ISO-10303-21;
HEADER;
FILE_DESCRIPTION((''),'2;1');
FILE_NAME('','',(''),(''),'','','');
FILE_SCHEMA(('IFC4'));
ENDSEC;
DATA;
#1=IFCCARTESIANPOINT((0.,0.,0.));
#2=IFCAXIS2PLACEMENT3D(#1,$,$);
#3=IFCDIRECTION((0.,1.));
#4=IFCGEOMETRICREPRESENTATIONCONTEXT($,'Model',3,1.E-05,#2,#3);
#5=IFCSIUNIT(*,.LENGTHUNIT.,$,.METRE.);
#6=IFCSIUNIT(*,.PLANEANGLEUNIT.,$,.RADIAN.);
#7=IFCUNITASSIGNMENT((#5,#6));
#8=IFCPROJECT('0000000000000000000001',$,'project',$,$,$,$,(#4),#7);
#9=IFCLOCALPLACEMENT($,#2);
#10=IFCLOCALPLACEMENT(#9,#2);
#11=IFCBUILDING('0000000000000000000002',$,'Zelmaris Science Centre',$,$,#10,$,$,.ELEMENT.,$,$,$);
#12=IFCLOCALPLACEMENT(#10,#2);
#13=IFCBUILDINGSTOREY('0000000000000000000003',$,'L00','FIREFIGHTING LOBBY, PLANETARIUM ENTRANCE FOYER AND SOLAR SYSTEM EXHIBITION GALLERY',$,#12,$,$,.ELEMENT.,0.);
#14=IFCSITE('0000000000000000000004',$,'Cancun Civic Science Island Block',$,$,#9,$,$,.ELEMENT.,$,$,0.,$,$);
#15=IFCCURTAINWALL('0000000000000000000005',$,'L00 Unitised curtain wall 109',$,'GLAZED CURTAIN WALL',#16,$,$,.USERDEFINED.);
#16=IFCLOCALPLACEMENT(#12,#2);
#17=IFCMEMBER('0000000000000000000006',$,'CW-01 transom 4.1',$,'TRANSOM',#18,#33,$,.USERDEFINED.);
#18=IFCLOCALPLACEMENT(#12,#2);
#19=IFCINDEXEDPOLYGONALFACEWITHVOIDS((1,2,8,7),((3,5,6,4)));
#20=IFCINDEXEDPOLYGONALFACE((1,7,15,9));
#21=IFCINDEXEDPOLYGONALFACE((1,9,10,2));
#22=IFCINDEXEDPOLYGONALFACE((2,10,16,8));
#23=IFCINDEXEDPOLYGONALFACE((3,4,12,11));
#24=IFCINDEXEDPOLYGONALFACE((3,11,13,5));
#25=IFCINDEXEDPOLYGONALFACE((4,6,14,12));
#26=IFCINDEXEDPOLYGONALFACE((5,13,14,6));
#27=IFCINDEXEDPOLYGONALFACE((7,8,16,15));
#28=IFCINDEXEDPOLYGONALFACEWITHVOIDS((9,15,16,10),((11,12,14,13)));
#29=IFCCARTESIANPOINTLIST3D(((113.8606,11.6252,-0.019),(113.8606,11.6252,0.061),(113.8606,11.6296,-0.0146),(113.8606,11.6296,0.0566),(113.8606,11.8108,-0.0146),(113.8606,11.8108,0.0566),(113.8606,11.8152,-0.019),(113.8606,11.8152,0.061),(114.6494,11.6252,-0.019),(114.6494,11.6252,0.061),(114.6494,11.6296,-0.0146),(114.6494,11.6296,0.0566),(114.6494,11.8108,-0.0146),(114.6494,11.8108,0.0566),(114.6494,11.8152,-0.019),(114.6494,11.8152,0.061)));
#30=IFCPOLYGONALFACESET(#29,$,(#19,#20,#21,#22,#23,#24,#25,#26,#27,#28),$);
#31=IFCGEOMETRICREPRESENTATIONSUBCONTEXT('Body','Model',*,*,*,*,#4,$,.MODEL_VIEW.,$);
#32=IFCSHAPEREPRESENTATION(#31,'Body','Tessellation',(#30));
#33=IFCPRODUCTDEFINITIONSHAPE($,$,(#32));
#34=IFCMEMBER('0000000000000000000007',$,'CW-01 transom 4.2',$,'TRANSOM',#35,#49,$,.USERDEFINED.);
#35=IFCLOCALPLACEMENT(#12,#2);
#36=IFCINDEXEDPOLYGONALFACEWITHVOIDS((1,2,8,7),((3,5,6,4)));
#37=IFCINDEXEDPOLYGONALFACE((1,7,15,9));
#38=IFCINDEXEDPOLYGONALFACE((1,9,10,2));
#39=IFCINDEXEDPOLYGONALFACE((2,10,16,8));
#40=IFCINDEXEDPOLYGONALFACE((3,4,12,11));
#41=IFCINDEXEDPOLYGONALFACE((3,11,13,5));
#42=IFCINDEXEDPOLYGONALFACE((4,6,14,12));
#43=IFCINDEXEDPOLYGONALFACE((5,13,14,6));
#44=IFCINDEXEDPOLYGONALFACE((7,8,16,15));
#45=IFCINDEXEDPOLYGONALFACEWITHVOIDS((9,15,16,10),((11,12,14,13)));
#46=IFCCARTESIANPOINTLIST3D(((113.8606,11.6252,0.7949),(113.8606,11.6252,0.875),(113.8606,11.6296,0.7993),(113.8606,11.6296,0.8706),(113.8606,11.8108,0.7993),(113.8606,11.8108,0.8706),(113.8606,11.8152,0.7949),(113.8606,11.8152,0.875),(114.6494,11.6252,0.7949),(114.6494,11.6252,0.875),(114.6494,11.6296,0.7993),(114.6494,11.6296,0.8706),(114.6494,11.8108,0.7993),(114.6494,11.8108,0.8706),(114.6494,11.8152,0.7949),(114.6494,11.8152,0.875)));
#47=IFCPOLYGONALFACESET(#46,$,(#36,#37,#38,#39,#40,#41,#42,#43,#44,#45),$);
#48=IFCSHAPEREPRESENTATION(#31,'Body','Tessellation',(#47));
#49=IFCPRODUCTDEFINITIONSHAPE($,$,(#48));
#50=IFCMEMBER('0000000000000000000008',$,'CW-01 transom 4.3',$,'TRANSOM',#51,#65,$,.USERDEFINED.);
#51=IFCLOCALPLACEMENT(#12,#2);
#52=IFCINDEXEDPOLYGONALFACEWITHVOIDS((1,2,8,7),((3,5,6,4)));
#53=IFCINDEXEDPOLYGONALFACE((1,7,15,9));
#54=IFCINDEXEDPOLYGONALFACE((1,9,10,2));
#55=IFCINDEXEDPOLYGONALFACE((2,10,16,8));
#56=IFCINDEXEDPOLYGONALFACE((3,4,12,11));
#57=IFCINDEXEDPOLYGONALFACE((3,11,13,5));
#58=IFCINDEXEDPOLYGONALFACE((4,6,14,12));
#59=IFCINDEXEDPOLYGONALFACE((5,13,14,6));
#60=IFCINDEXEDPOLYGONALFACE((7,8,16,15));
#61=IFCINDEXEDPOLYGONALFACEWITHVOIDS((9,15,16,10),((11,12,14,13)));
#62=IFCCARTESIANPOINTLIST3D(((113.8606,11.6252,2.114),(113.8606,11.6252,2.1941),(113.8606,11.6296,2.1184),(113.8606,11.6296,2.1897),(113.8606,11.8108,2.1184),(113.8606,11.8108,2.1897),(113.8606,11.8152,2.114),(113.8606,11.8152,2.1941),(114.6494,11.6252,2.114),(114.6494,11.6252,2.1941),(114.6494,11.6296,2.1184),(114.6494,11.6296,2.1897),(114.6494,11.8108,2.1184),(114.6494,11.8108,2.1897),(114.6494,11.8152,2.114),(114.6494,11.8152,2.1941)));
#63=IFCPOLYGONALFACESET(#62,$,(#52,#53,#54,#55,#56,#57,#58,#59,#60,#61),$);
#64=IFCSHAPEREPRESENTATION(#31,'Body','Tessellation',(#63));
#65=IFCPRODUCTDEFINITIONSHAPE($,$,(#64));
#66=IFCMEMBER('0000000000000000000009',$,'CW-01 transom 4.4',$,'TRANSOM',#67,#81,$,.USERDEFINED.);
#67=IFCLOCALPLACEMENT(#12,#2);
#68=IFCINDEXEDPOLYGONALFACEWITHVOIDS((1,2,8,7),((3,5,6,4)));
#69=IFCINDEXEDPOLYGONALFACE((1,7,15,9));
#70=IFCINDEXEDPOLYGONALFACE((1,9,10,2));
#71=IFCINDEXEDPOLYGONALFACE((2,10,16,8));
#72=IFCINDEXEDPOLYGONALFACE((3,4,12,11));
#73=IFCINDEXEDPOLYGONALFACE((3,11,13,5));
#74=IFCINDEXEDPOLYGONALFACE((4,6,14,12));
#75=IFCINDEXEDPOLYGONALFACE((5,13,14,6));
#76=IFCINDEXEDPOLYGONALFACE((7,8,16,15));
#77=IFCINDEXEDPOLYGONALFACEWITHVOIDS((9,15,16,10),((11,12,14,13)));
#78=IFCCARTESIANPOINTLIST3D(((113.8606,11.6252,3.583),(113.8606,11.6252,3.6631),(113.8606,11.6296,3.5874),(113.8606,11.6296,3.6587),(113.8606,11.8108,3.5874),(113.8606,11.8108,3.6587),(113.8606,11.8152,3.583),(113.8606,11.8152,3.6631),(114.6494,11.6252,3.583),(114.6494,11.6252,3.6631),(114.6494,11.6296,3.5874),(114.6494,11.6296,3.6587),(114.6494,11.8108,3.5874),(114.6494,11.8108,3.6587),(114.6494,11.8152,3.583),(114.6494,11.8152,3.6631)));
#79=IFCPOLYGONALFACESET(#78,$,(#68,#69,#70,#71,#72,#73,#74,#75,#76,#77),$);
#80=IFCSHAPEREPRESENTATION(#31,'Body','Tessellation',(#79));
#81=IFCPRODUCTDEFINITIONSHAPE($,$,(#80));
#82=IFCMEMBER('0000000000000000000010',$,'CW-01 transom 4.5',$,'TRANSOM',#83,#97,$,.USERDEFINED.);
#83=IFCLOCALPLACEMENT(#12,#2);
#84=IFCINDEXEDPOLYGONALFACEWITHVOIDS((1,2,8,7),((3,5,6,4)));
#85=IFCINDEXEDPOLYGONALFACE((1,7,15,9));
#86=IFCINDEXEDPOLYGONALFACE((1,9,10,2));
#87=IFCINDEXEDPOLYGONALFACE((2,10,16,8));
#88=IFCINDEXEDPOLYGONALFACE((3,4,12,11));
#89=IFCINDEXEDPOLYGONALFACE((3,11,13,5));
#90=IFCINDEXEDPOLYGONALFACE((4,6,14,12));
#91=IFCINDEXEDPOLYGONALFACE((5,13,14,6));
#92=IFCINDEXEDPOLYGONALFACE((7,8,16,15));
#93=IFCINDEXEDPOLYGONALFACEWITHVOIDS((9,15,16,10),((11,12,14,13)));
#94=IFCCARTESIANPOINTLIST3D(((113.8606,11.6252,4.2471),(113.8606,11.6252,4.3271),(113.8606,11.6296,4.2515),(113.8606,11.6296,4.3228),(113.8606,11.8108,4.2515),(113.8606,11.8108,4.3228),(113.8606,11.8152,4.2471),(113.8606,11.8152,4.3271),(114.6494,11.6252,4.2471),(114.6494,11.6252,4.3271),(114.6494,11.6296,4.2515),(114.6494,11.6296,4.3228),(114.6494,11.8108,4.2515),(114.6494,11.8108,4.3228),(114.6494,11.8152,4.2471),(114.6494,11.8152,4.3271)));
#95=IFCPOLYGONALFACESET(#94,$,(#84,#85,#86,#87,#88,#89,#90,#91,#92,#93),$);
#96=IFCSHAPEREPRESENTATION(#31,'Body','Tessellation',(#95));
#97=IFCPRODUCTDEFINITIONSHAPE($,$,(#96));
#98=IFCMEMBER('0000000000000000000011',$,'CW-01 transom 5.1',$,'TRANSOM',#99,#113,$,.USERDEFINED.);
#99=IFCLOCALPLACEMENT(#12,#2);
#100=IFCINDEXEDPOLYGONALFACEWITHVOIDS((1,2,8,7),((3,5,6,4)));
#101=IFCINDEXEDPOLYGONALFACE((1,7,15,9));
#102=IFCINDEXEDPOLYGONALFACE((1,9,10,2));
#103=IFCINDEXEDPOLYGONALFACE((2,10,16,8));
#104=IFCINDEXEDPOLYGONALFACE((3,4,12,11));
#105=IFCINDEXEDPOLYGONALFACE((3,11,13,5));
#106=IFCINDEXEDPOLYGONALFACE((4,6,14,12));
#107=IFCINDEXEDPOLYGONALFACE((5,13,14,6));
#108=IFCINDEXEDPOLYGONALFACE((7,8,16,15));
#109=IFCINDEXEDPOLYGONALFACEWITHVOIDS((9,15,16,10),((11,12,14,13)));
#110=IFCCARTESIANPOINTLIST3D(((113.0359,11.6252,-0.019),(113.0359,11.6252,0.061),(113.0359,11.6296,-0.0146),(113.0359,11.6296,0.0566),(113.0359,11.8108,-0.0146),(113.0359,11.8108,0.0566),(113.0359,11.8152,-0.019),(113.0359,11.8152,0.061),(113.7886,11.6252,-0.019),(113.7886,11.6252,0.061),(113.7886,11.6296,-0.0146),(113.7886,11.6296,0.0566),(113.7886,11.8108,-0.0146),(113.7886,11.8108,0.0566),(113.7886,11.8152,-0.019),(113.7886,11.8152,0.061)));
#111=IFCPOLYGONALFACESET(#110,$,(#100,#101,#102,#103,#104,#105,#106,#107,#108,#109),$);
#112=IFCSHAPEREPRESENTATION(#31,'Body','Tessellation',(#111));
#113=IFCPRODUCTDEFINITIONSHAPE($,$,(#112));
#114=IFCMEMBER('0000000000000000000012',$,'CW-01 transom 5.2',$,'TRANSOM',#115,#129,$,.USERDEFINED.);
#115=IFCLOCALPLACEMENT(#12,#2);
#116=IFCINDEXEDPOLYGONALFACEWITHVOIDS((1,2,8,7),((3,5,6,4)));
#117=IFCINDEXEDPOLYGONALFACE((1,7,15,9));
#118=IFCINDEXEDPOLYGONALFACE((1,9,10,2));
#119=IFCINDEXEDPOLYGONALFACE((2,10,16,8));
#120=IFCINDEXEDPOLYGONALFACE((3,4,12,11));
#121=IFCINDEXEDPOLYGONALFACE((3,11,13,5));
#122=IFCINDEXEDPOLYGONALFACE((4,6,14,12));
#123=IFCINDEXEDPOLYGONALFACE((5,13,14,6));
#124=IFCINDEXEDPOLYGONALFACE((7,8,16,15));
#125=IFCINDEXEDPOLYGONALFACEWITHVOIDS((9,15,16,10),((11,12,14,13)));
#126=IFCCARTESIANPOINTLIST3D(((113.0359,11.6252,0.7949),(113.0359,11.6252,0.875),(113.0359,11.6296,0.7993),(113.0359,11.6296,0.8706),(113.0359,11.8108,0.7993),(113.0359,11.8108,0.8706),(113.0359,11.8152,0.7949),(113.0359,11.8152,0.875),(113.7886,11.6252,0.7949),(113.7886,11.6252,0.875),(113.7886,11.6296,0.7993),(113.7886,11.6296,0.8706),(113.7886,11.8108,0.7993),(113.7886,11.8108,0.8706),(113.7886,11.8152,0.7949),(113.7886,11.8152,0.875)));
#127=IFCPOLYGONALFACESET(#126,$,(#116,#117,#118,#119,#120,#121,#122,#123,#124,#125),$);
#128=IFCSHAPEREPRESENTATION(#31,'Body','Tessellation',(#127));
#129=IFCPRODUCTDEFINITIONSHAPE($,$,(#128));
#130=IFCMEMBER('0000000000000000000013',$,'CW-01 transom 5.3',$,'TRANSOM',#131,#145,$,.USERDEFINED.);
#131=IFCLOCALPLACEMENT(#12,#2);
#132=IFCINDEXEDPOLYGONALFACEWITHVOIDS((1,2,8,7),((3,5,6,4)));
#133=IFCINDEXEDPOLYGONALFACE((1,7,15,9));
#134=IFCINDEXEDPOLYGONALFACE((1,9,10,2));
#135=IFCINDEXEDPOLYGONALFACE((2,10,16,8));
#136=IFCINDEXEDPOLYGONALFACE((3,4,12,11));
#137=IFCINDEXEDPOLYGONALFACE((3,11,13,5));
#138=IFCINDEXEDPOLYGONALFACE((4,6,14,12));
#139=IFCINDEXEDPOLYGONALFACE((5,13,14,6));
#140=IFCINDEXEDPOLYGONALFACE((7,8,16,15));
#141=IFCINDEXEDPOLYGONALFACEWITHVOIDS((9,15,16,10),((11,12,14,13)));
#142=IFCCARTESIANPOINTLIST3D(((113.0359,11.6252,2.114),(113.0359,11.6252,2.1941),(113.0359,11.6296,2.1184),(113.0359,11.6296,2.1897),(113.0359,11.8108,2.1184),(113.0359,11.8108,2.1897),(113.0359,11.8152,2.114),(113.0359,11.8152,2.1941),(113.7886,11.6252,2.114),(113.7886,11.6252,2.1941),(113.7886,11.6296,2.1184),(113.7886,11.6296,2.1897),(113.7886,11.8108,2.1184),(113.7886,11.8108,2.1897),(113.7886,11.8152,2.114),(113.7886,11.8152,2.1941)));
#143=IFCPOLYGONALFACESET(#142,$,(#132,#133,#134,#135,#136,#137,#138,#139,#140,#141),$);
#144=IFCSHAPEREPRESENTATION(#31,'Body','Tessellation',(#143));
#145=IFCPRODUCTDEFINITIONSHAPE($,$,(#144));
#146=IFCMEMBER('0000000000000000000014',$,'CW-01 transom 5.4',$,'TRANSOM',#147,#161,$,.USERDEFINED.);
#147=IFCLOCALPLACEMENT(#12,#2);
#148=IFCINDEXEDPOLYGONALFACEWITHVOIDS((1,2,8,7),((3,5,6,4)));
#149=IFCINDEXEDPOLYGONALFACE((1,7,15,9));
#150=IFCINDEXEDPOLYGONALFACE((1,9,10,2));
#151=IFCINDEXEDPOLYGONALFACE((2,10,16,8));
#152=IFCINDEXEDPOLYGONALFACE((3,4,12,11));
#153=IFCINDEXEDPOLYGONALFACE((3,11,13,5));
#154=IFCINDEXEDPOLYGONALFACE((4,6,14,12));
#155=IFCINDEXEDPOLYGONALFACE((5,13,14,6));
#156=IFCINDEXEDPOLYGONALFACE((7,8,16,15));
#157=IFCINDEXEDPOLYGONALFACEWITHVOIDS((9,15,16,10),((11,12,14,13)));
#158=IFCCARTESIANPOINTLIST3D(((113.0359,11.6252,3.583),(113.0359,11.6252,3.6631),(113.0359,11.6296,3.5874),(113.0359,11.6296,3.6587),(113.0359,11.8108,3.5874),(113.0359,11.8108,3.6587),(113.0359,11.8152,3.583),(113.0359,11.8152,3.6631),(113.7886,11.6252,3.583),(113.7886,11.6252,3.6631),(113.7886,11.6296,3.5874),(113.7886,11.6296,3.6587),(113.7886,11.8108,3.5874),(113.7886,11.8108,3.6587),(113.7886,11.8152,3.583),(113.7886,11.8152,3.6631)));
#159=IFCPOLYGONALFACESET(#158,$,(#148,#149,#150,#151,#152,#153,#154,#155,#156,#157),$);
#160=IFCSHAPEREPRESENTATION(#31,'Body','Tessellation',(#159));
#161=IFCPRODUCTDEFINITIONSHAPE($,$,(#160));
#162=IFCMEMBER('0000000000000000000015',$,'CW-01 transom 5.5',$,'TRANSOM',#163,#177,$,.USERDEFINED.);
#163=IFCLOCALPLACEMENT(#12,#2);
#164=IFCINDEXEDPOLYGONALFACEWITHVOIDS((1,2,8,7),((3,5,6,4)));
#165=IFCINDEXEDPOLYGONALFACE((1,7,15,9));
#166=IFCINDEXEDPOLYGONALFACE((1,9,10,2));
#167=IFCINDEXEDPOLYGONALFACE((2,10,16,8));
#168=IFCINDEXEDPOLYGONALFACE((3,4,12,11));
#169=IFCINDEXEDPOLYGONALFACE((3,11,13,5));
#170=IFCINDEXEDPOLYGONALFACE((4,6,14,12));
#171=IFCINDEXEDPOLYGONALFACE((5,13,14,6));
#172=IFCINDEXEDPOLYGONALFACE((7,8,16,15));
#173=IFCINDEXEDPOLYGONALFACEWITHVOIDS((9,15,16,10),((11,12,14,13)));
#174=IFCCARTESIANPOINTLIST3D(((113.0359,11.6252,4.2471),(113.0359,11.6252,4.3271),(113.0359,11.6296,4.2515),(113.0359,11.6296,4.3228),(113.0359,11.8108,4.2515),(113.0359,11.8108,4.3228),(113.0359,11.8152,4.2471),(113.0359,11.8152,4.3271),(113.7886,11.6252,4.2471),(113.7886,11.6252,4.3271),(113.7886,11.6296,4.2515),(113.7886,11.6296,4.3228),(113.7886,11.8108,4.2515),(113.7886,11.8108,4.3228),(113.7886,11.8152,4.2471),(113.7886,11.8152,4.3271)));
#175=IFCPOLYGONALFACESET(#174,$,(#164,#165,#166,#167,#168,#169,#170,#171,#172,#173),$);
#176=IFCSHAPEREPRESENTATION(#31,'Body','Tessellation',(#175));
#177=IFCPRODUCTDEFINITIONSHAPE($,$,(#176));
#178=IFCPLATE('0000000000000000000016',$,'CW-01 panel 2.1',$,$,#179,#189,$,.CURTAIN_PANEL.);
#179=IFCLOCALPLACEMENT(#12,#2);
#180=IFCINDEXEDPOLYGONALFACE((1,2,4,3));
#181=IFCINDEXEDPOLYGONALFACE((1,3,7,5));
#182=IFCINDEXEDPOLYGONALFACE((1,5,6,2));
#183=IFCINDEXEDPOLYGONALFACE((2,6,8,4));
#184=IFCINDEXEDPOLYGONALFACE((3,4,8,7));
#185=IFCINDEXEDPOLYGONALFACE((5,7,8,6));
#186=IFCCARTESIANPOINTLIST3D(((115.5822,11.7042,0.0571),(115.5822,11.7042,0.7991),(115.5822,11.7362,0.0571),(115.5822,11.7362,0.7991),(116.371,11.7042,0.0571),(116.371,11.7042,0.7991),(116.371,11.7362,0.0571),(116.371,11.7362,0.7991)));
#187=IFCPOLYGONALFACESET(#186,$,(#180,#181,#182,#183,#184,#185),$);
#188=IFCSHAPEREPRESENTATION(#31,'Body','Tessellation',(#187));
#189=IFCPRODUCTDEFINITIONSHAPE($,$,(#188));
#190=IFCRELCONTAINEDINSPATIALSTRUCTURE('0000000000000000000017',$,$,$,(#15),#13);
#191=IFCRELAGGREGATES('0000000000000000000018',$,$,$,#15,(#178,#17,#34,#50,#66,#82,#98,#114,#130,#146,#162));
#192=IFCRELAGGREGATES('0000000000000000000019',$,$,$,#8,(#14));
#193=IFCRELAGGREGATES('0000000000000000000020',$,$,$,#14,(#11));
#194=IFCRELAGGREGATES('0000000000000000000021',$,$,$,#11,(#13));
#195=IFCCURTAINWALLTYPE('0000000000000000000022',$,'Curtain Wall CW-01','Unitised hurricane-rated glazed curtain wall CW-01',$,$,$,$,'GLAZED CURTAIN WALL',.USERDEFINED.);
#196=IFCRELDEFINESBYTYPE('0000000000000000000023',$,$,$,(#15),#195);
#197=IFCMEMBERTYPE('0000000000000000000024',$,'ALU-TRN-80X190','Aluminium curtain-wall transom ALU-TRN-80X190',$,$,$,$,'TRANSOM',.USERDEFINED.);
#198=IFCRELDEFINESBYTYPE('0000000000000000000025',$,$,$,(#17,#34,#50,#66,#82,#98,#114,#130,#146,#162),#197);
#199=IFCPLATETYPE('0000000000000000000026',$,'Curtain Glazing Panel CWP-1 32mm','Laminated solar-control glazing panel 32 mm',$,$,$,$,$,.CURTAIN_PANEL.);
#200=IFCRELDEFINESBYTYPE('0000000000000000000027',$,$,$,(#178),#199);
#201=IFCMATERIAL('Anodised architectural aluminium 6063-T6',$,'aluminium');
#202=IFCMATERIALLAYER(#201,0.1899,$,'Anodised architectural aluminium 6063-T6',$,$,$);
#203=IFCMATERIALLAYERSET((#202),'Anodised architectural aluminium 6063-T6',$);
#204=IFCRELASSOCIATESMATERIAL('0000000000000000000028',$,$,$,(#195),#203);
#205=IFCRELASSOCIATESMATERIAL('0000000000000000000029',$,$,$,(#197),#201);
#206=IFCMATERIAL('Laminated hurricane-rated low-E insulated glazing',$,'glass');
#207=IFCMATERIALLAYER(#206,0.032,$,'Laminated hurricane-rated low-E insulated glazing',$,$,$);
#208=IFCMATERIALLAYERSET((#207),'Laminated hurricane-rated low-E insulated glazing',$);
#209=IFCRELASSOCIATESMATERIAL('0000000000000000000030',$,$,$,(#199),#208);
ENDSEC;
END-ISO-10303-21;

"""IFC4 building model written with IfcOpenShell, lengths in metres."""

from ifc_helpers import new_model, si_unit, direction, frame, origin, origin_2d, place, context, subcontext, project, spatial, rectangle, hollow_rectangle, extrude, material, layer, layer_set, material_profile, profile_set, type_object, element, aggregate, save


model = new_model("IFC4")

# Units and contexts
model_context = context("Model", 3, precision=1e-05, world=origin(), true_north=direction((0.0, 1.0)))
body_context = subcontext(model_context, "Body", "Model", "MODEL_VIEW")
ifc_project = project(units=[si_unit("LENGTHUNIT", "METRE"), si_unit("PLANEANGLEUNIT", "RADIAN")], contexts=[model_context])

# Site, building, storey
site_placement = place(None, origin())
site = spatial("IfcSite", under=ifc_project, at=site_placement, Name="Cancun Civic Science Island Block", CompositionType="ELEMENT", RefElevation=0.0)
building_placement = place(site_placement, origin())
building = spatial("IfcBuilding", under=site, at=building_placement, Name="Zelmaris Science Centre", CompositionType="ELEMENT")
storey_placement = place(building_placement, origin())
storey = spatial("IfcBuildingStorey", under=building, at=storey_placement, Name="L00", Description="FIREFIGHTING LOBBY, PLANETARIUM ENTRANCE FOYER AND SOLAR SYSTEM EXHIBITION GALLERY", CompositionType="ELEMENT", Elevation=0.0)

# Curtain wall, members, plate
ifc_material_1 = material(Name="Anodised architectural aluminium 6063-T6", Category="aluminium")
ifc_layer_1 = layer(ifc_material_1, 0.1899, Name="Anodised architectural aluminium 6063-T6")
ifc_layer_set_1 = layer_set([ifc_layer_1], Name="Anodised architectural aluminium 6063-T6")
curtain_wall_type = type_object("IfcCurtainWallType", Name="Curtain Wall CW-01", Description="Unitised hurricane-rated glazed curtain wall CW-01", ElementType="GLAZED CURTAIN WALL", PredefinedType="USERDEFINED", material=ifc_layer_set_1)
curtain_wall_placement = place(storey_placement, origin())
curtain_wall = element("IfcCurtainWall", 1, at=curtain_wall_placement, inside=storey, type_object=curtain_wall_type, Name="L00 Unitised curtain wall 109", ObjectType="GLAZED CURTAIN WALL", PredefinedType="USERDEFINED")
ifc_material_profile_1 = material_profile(ifc_material_1, hollow_rectangle(XDim=0.0801, YDim=0.1899, WallThickness=0.0044, at=origin_2d()), Name="ALU-TRN-80X190")
ifc_profile_set_1 = profile_set([ifc_material_profile_1], Name="Anodised architectural aluminium 6063-T6")
member_type_1 = type_object("IfcMemberType", Name="ALU-TRN-80X190", Description="Aluminium curtain-wall transom ALU-TRN-80X190", ElementType="TRANSOM", PredefinedType="USERDEFINED", material=ifc_profile_set_1)
member_1_placement = place(storey_placement, frame((114.6494, 11.7202, 0.021), z_axis=(-1.0, 0.0, 0.0), x_axis=(0.0, 0.0, 1.0)))
member_1 = element("IfcMember", 2, at=member_1_placement, type_object=member_type_1, Name="CW-01 transom 4.1", ObjectType="TRANSOM", PredefinedType="USERDEFINED", context=body_context, shape_type="SweptSolid", body=[
    extrude(hollow_rectangle(XDim=0.0801, YDim=0.1899, WallThickness=0.0044, at=origin_2d()), origin(), (0.0, 0.0, 1.0), 0.7888),
])
member_2_placement = place(storey_placement, frame((114.6494, 11.7202, 0.835), z_axis=(-1.0, 0.0, 0.0), x_axis=(0.0, 0.0, 1.0)))
member_2 = element("IfcMember", 3, at=member_2_placement, type_object=member_type_1, Name="CW-01 transom 4.2", ObjectType="TRANSOM", PredefinedType="USERDEFINED", context=body_context, shape_type="SweptSolid", body=[
    extrude(hollow_rectangle(XDim=0.0801, YDim=0.1899, WallThickness=0.0044, at=origin_2d()), origin(), (0.0, 0.0, 1.0), 0.7888),
])
member_3_placement = place(storey_placement, frame((114.6494, 11.7202, 2.1541), z_axis=(-1.0, 0.0, 0.0), x_axis=(0.0, 0.0, 1.0)))
member_3 = element("IfcMember", 4, at=member_3_placement, type_object=member_type_1, Name="CW-01 transom 4.3", ObjectType="TRANSOM", PredefinedType="USERDEFINED", context=body_context, shape_type="SweptSolid", body=[
    extrude(hollow_rectangle(XDim=0.0801, YDim=0.1899, WallThickness=0.0044, at=origin_2d()), origin(), (0.0, 0.0, 1.0), 0.7888),
])
member_4_placement = place(storey_placement, frame((114.6494, 11.7202, 3.623), z_axis=(-1.0, 0.0, 0.0), x_axis=(0.0, 0.0, 1.0)))
member_4 = element("IfcMember", 5, at=member_4_placement, type_object=member_type_1, Name="CW-01 transom 4.4", ObjectType="TRANSOM", PredefinedType="USERDEFINED", context=body_context, shape_type="SweptSolid", body=[
    extrude(hollow_rectangle(XDim=0.0801, YDim=0.1899, WallThickness=0.0044, at=origin_2d()), origin(), (0.0, 0.0, 1.0), 0.7888),
])
member_5_placement = place(storey_placement, frame((114.6494, 11.7202, 4.2871), z_axis=(-1.0, 0.0, 0.0), x_axis=(0.0, 0.0, 1.0)))
member_5 = element("IfcMember", 6, at=member_5_placement, type_object=member_type_1, Name="CW-01 transom 4.5", ObjectType="TRANSOM", PredefinedType="USERDEFINED", context=body_context, shape_type="SweptSolid", body=[
    extrude(hollow_rectangle(XDim=0.0801, YDim=0.1899, WallThickness=0.0044, at=origin_2d()), origin(), (0.0, 0.0, 1.0), 0.7888),
])
member_6_placement = place(storey_placement, frame((113.7886, 11.7202, 0.021), z_axis=(-1.0, 0.0, 0.0), x_axis=(0.0, 0.0, 1.0)))
member_6 = element("IfcMember", 7, at=member_6_placement, type_object=member_type_1, Name="CW-01 transom 5.1", ObjectType="TRANSOM", PredefinedType="USERDEFINED", context=body_context, shape_type="SweptSolid", body=[
    extrude(hollow_rectangle(XDim=0.0801, YDim=0.1899, WallThickness=0.0044, at=origin_2d()), origin(), (0.0, 0.0, 1.0), 0.7527),
])
member_7_placement = place(storey_placement, frame((113.7886, 11.7202, 0.835), z_axis=(-1.0, 0.0, 0.0), x_axis=(0.0, 0.0, 1.0)))
member_7 = element("IfcMember", 8, at=member_7_placement, type_object=member_type_1, Name="CW-01 transom 5.2", ObjectType="TRANSOM", PredefinedType="USERDEFINED", context=body_context, shape_type="SweptSolid", body=[
    extrude(hollow_rectangle(XDim=0.0801, YDim=0.1899, WallThickness=0.0044, at=origin_2d()), origin(), (0.0, 0.0, 1.0), 0.7527),
])
member_8_placement = place(storey_placement, frame((113.7886, 11.7202, 2.1541), z_axis=(-1.0, 0.0, 0.0), x_axis=(0.0, 0.0, 1.0)))
member_8 = element("IfcMember", 9, at=member_8_placement, type_object=member_type_1, Name="CW-01 transom 5.3", ObjectType="TRANSOM", PredefinedType="USERDEFINED", context=body_context, shape_type="SweptSolid", body=[
    extrude(hollow_rectangle(XDim=0.0801, YDim=0.1899, WallThickness=0.0044, at=origin_2d()), origin(), (0.0, 0.0, 1.0), 0.7527),
])
member_9_placement = place(storey_placement, frame((113.7886, 11.7202, 3.623), z_axis=(-1.0, 0.0, 0.0), x_axis=(0.0, 0.0, 1.0)))
member_9 = element("IfcMember", 10, at=member_9_placement, type_object=member_type_1, Name="CW-01 transom 5.4", ObjectType="TRANSOM", PredefinedType="USERDEFINED", context=body_context, shape_type="SweptSolid", body=[
    extrude(hollow_rectangle(XDim=0.0801, YDim=0.1899, WallThickness=0.0044, at=origin_2d()), origin(), (0.0, 0.0, 1.0), 0.7527),
])
member_10_placement = place(storey_placement, frame((113.7886, 11.7202, 4.2871), z_axis=(-1.0, 0.0, 0.0), x_axis=(0.0, 0.0, 1.0)))
member_10 = element("IfcMember", 11, at=member_10_placement, type_object=member_type_1, Name="CW-01 transom 5.5", ObjectType="TRANSOM", PredefinedType="USERDEFINED", context=body_context, shape_type="SweptSolid", body=[
    extrude(hollow_rectangle(XDim=0.0801, YDim=0.1899, WallThickness=0.0044, at=origin_2d()), origin(), (0.0, 0.0, 1.0), 0.7527),
])
ifc_material_2 = material(Name="Laminated hurricane-rated low-E insulated glazing", Category="glass")
ifc_layer_2 = layer(ifc_material_2, 0.032, Name="Laminated hurricane-rated low-E insulated glazing")
ifc_layer_set_2 = layer_set([ifc_layer_2], Name="Laminated hurricane-rated low-E insulated glazing")
plate_type = type_object("IfcPlateType", Name="Curtain Glazing Panel CWP-1 32mm", Description="Laminated solar-control glazing panel 32 mm", PredefinedType="CURTAIN_PANEL", material=ifc_layer_set_2)
plate_1_placement = place(storey_placement, frame((115.9766, 11.7202, 0.0571), z_axis=(0.0, 0.0, 1.0), x_axis=(-1.0, 0.0, 0.0)))
plate_1 = element("IfcPlate", 12, at=plate_1_placement, type_object=plate_type, Name="CW-01 panel 2.1", PredefinedType="CURTAIN_PANEL", context=body_context, shape_type="SweptSolid", body=[
    extrude(rectangle(XDim=0.7888, YDim=0.032, at=origin_2d()), origin(), (0.0, 0.0, 1.0), 0.7419),
])
aggregate(curtain_wall, [plate_1, member_1, member_2, member_3, member_4, member_5, member_6, member_7, member_8, member_9, member_10])

save(model, "model.ifc")
